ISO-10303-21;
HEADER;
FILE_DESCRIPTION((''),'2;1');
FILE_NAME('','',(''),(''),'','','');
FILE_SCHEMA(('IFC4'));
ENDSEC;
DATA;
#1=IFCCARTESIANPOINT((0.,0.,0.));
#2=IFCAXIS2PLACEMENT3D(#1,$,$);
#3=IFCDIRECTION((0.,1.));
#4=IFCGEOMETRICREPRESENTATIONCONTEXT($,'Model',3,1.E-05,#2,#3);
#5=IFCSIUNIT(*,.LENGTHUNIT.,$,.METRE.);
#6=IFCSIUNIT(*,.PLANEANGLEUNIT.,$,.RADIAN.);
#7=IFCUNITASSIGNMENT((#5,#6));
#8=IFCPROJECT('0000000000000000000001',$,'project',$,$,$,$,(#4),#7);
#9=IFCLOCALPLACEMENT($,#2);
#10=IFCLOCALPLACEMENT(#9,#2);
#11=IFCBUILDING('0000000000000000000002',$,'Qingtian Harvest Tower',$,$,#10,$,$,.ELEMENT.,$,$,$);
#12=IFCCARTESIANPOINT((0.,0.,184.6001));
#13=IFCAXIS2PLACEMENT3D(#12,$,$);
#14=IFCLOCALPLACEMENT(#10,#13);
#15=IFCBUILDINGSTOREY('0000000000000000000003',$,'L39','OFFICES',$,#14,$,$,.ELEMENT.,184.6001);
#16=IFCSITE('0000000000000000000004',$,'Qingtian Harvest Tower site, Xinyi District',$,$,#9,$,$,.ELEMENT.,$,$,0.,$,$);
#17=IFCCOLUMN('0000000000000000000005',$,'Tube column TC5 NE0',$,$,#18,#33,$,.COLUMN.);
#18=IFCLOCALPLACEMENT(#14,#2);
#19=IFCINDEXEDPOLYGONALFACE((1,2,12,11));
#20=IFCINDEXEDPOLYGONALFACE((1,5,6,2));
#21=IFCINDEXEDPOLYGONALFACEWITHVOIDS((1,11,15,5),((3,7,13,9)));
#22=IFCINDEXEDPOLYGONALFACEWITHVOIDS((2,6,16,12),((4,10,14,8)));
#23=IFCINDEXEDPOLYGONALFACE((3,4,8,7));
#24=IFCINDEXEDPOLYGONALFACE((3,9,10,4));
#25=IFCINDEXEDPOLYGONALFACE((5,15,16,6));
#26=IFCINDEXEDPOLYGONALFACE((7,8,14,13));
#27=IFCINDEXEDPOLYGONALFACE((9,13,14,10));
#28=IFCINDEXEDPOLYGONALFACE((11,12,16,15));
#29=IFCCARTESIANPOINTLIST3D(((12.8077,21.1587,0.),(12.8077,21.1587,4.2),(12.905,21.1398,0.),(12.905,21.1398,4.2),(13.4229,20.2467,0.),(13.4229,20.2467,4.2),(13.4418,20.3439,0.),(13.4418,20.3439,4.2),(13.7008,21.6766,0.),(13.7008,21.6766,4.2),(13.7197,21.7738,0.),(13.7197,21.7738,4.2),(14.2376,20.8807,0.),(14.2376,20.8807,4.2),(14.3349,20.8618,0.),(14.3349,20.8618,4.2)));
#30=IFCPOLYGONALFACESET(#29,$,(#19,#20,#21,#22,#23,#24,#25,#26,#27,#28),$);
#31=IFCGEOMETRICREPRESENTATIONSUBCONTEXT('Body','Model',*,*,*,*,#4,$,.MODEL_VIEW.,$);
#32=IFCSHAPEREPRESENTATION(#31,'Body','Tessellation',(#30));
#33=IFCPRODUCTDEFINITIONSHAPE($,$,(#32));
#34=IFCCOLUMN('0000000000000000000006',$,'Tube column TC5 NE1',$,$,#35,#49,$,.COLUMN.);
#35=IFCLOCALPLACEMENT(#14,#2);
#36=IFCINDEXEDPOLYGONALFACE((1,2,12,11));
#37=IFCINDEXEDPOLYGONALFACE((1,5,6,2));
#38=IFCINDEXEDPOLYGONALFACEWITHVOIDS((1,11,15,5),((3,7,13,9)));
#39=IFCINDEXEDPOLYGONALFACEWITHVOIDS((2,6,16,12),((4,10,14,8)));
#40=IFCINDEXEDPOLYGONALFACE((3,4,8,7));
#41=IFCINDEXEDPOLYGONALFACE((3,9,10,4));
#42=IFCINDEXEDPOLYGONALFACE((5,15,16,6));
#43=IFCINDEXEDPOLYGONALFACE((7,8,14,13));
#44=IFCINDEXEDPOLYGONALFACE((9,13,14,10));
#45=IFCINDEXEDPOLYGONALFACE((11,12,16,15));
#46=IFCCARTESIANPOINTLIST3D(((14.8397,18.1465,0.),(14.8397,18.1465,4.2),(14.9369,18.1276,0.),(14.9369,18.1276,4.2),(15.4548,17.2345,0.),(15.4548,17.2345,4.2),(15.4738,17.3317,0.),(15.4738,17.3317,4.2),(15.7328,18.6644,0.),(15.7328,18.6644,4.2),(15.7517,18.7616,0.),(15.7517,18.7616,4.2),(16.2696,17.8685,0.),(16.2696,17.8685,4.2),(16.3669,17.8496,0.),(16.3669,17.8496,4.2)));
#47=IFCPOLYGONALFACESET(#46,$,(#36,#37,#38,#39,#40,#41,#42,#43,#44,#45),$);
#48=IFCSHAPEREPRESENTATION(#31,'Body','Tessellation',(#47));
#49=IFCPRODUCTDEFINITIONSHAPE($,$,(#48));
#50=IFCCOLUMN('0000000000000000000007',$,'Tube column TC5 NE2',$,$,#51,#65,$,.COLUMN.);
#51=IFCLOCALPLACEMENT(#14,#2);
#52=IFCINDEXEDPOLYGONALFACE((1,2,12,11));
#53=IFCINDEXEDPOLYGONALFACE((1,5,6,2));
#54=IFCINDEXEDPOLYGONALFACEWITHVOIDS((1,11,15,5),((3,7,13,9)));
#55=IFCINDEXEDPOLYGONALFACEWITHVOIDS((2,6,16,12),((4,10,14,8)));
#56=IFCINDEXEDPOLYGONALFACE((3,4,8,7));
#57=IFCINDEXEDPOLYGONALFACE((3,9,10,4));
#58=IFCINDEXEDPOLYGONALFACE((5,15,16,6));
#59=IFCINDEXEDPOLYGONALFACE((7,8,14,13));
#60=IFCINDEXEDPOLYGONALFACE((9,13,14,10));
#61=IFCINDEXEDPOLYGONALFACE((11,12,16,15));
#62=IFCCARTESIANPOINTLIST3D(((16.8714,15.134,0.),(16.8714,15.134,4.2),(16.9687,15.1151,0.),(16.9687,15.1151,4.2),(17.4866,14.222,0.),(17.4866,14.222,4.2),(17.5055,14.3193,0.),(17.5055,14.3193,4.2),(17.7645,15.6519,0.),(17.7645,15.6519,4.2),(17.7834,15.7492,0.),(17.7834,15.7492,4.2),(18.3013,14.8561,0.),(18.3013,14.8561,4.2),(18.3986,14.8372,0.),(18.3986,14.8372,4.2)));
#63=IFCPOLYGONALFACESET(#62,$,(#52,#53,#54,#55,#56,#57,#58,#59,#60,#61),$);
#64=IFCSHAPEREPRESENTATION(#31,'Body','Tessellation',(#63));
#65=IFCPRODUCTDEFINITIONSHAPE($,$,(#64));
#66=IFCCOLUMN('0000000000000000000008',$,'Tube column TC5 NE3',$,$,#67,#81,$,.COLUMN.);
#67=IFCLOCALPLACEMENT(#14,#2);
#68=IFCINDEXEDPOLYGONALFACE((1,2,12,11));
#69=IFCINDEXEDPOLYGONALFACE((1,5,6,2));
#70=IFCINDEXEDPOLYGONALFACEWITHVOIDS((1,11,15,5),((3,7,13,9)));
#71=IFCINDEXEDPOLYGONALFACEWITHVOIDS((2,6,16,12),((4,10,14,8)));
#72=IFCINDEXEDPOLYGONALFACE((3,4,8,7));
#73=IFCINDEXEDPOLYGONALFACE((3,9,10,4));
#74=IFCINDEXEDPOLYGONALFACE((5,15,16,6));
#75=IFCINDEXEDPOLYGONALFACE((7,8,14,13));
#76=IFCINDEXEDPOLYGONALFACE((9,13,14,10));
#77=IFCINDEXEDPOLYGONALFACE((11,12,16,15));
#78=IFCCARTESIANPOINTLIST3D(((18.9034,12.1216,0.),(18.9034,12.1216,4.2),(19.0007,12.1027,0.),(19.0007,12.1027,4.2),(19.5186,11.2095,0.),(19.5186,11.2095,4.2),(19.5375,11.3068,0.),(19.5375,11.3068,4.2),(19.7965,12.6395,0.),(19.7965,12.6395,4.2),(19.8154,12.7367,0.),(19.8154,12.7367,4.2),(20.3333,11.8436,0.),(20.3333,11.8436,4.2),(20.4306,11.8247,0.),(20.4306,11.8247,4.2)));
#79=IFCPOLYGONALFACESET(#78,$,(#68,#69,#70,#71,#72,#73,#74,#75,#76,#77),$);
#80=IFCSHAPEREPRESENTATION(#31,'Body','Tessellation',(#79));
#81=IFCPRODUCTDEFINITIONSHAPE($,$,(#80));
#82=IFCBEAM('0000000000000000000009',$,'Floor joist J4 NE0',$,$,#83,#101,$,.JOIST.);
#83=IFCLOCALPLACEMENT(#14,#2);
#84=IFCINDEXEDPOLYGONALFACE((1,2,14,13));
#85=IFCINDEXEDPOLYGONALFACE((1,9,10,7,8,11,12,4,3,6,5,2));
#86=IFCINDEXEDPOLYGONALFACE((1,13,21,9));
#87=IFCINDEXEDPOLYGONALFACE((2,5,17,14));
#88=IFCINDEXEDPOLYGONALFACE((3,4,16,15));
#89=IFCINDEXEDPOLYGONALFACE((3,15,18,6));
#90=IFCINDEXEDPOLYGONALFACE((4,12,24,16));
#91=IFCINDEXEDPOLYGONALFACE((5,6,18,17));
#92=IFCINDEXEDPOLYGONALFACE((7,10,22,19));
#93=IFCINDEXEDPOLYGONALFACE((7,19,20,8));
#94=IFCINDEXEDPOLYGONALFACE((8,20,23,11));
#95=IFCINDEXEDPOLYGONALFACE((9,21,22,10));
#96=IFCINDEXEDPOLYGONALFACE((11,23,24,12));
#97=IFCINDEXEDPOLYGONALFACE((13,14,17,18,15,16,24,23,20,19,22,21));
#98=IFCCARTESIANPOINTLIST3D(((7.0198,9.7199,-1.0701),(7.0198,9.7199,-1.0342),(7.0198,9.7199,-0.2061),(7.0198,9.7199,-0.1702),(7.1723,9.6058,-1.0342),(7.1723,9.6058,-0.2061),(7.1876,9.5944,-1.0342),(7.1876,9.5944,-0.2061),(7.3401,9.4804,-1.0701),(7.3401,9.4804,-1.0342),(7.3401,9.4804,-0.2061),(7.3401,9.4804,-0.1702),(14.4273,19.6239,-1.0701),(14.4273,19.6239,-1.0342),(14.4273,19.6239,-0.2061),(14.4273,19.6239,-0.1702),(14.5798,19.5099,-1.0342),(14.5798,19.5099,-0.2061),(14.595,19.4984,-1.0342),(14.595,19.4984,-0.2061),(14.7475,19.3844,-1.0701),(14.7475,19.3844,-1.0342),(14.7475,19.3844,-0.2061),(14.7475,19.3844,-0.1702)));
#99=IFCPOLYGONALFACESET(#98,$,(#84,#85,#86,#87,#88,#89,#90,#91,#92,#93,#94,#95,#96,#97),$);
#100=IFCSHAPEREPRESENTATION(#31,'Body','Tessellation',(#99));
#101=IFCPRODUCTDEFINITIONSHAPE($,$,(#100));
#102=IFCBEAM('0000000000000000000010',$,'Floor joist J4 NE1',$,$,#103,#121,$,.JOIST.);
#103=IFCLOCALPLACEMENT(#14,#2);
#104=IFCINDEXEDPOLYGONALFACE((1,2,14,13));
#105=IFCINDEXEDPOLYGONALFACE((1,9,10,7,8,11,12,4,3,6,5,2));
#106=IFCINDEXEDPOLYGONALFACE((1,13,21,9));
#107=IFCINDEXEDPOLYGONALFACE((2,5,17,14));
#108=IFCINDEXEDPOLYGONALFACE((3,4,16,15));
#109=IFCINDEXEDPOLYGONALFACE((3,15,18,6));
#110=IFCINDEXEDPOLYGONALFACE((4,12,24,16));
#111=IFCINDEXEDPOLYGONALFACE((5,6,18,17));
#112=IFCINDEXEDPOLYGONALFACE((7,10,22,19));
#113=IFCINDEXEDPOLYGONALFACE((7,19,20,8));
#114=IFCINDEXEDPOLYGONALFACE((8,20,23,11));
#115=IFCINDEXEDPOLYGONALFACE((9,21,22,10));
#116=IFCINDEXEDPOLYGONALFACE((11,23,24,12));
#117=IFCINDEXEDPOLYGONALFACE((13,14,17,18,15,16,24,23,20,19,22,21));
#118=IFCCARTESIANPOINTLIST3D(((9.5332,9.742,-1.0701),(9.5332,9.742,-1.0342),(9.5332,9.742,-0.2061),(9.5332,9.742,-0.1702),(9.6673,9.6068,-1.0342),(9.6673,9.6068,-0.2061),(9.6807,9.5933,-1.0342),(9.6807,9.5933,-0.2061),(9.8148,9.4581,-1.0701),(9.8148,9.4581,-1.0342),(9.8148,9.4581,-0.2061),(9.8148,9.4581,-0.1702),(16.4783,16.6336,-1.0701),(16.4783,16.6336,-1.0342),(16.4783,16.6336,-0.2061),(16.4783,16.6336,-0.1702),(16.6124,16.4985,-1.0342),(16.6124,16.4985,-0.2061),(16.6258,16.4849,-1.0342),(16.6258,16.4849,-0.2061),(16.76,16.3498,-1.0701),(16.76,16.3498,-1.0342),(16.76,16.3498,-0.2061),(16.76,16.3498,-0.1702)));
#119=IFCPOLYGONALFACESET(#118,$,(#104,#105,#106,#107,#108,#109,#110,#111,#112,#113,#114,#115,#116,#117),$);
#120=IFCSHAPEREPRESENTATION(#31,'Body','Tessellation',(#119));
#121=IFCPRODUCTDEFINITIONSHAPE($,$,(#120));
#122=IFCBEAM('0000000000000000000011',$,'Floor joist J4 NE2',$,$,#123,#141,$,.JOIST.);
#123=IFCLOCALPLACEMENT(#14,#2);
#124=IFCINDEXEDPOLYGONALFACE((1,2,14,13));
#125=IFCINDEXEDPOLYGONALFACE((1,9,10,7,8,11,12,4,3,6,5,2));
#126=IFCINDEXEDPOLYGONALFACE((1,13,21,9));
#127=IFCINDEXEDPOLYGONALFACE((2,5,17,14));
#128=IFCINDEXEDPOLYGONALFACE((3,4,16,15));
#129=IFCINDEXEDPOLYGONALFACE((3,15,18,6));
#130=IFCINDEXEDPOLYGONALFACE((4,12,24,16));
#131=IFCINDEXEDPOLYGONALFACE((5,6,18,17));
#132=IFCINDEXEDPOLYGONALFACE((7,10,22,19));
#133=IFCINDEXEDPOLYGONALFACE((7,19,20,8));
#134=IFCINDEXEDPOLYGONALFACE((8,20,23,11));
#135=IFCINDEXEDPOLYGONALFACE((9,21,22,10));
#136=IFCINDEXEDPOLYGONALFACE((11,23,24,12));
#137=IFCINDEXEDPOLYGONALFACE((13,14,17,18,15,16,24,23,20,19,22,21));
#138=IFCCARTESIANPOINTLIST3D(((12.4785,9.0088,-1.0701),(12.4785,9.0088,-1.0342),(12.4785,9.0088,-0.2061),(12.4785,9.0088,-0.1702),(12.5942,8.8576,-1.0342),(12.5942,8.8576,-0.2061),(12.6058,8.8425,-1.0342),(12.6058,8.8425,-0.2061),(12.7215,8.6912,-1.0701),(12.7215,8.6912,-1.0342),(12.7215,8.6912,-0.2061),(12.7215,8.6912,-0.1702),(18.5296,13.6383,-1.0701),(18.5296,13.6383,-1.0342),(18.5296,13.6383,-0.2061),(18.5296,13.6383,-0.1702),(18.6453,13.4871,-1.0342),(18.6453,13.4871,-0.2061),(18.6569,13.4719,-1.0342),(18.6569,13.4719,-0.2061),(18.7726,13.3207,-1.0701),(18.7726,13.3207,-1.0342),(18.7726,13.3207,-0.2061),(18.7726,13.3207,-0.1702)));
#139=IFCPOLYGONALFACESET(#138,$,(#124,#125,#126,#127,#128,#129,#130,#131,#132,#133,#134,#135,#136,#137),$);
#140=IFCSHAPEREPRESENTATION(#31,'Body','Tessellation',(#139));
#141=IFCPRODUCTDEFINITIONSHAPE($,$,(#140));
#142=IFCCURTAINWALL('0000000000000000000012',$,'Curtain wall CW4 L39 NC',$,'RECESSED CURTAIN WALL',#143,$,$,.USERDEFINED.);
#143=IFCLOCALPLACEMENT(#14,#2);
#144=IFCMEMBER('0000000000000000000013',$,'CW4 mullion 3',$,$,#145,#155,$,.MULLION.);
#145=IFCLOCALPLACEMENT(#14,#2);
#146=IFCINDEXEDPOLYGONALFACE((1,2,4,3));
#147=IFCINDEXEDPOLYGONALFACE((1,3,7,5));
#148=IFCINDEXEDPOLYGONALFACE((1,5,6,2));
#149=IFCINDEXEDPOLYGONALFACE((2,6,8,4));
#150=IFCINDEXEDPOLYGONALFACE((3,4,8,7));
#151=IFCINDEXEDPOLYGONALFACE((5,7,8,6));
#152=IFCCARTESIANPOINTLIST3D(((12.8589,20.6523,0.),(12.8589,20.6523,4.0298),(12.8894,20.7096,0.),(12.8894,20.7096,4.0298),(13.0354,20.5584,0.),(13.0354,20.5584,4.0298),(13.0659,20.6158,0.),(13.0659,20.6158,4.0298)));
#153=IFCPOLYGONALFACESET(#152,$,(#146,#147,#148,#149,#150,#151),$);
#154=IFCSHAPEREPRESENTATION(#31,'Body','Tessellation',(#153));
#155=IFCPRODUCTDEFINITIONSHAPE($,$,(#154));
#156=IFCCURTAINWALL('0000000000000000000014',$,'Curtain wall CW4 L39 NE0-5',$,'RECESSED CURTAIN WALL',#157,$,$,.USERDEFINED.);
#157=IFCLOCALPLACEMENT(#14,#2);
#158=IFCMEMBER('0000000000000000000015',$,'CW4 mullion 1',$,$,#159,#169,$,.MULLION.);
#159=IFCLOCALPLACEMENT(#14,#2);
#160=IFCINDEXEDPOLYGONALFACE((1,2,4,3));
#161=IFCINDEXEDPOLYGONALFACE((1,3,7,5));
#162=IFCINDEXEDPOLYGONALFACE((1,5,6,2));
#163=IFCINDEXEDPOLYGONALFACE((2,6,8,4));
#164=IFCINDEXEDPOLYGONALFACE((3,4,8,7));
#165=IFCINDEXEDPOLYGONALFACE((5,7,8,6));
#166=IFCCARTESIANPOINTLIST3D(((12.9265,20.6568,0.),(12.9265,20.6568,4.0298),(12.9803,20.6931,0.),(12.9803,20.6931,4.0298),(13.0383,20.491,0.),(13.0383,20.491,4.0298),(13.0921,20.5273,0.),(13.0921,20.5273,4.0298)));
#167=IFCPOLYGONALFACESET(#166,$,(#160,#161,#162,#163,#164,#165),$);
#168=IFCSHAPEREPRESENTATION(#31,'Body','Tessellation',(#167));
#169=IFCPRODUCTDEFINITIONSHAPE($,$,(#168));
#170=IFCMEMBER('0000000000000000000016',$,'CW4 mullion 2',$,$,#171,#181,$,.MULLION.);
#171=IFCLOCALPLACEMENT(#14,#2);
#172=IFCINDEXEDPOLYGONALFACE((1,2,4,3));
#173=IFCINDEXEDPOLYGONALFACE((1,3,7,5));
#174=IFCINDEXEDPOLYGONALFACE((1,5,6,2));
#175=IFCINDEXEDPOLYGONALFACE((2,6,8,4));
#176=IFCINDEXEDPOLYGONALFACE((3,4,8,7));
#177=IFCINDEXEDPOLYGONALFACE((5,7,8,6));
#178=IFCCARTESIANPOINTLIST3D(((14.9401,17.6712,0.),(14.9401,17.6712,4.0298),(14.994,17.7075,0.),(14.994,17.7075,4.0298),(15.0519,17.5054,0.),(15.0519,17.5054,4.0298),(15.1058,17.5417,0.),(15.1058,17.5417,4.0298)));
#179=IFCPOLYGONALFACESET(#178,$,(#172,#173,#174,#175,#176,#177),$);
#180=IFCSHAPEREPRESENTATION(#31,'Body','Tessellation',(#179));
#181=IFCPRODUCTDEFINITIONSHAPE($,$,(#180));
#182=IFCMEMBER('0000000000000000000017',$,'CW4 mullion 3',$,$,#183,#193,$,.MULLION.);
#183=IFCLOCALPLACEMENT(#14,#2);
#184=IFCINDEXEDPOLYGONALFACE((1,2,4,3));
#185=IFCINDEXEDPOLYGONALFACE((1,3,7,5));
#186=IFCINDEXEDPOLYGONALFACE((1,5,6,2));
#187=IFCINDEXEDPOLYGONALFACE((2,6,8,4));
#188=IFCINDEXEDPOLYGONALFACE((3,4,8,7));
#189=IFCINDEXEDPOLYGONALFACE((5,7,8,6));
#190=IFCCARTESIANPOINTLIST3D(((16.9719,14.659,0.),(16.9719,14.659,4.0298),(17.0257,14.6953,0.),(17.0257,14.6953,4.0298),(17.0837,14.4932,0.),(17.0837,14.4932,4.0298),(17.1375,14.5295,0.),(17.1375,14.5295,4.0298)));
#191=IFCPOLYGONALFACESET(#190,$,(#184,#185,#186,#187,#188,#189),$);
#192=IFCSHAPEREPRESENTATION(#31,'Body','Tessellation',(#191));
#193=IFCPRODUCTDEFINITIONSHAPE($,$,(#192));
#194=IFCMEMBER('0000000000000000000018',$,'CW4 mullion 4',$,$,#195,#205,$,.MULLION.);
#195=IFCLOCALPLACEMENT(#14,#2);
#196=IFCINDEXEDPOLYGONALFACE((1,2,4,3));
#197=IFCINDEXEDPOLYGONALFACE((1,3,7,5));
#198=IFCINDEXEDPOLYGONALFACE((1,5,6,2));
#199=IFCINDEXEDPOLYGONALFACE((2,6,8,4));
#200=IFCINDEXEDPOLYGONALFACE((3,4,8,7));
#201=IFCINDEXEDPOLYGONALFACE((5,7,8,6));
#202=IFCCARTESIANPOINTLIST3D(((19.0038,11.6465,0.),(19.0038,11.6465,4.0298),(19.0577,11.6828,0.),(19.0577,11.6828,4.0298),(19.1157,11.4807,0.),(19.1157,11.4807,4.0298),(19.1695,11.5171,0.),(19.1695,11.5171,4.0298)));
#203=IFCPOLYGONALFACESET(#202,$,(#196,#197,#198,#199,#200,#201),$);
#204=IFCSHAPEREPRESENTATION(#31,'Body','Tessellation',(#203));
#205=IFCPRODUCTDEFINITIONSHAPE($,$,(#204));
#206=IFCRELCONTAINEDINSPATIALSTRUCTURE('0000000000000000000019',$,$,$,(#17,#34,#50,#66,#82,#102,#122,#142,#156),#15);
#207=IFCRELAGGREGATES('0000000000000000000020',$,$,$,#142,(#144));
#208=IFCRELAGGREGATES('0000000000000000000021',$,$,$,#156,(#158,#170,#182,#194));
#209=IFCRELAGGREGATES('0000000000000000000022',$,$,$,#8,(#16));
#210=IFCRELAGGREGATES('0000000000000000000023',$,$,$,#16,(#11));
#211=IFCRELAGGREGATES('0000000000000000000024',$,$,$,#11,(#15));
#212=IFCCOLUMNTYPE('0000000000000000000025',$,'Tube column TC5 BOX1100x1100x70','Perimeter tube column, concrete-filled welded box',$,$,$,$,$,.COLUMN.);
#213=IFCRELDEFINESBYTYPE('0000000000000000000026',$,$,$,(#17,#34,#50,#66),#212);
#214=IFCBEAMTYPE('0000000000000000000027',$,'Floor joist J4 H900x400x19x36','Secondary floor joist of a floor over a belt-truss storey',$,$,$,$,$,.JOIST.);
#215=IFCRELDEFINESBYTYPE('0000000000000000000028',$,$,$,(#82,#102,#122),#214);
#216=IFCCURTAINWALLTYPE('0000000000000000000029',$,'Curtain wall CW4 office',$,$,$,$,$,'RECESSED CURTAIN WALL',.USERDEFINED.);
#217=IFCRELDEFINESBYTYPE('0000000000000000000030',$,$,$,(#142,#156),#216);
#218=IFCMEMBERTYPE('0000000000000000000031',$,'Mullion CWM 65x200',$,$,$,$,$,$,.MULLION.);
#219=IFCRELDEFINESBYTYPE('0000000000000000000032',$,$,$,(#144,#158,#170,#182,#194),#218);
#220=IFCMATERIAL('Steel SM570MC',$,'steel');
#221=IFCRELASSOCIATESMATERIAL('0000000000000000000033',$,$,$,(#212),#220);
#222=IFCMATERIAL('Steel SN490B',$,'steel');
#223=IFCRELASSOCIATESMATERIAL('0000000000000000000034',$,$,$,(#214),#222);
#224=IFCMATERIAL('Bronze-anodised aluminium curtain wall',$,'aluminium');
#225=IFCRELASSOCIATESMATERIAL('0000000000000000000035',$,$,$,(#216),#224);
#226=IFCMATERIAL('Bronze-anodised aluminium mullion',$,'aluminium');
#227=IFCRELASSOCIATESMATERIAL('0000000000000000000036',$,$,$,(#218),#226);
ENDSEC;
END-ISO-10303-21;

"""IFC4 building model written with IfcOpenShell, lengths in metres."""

from ifc_helpers import new_model, si_unit, direction, frame, origin, origin_2d, place, context, subcontext, project, spatial, rectangle, hollow_rectangle, i_section, extrude, material, material_profile, profile_set, type_object, element, aggregate, save


model = new_model("IFC4")

# Units and contexts
model_context = context("Model", 3, precision=1e-05, world=origin(), true_north=direction((0.0, 1.0)))
body_context = subcontext(model_context, "Body", "Model", "MODEL_VIEW")
ifc_project = project(units=[si_unit("LENGTHUNIT", "METRE"), si_unit("PLANEANGLEUNIT", "RADIAN")], contexts=[model_context])

# Site, building, storey
site_placement = place(None, origin())
site = spatial("IfcSite", under=ifc_project, at=site_placement, Name="Qingtian Harvest Tower site, Xinyi District", CompositionType="ELEMENT", RefElevation=0.0)
building_placement = place(site_placement, origin())
building = spatial("IfcBuilding", under=site, at=building_placement, Name="Qingtian Harvest Tower", CompositionType="ELEMENT")
storey_placement = place(building_placement, frame((0.0, 0.0, 184.6001)))
storey = spatial("IfcBuildingStorey", under=building, at=storey_placement, Name="L39", Description="OFFICES", CompositionType="ELEMENT", Elevation=184.6001)

# Columns
ifc_material_1 = material(Name="Steel SM570MC", Category="steel")
ifc_material_profile_1 = material_profile(ifc_material_1, hollow_rectangle(XDim=1.1001, YDim=1.1001, WallThickness=0.0701, at=origin_2d()), Name="BOX1100x1100x70")
ifc_profile_set_1 = profile_set([ifc_material_profile_1], Name="Steel SM570MC")
column_type = type_object("IfcColumnType", Name="Tube column TC5 BOX1100x1100x70", Description="Perimeter tube column, concrete-filled welded box", PredefinedType="COLUMN", material=ifc_profile_set_1)
for number, where, z_axis, x_axis, name in (
    (1, (13.5713, 21.0103, 0.0), (0.0, 0.0, 1.0), (-0.559193, 0.829038, 0.0), "Tube column TC5 NE0"),
    (2, (15.6033, 17.998, 0.0), (0.0, 0.0, 1.0), (-0.559193, 0.829038, 0.0), "Tube column TC5 NE1"),
    (3, (17.635, 14.9856, 0.0), (0.0, 0.0, 1.0), (-0.559193, 0.829038, 0.0), "Tube column TC5 NE2"),
    (4, (19.667, 11.9731, 0.0), (0.0, 0.0, 1.0), (-0.559193, 0.829038, 0.0), "Tube column TC5 NE3"),
):
    element("IfcColumn", number, at=place(storey_placement, frame(where, z_axis=z_axis, x_axis=x_axis)), inside=storey, type_object=column_type, Name=name, PredefinedType="COLUMN", context=body_context, shape_type="SweptSolid", body=[
        extrude(hollow_rectangle(XDim=1.1001, YDim=1.1001, WallThickness=0.0701, at=origin_2d()), origin(), (0.0, 0.0, 1.0), 4.2),
    ])

# Beams
ifc_material_2 = material(Name="Steel SN490B", Category="steel")
ifc_material_profile_2 = material_profile(ifc_material_2, i_section(OverallWidth=0.3999, OverallDepth=0.8999, WebThickness=0.019, FlangeThickness=0.0359, at=origin_2d()), Name="H900x400x19x36")
ifc_profile_set_2 = profile_set([ifc_material_profile_2], Name="Steel SN490B")
beam_type_1 = type_object("IfcBeamType", Name="Floor joist J4 H900x400x19x36", Description="Secondary floor joist of a floor over a belt-truss storey", PredefinedType="JOIST", material=ifc_profile_set_2)
beam_1_placement = place(storey_placement, frame((14.5874, 19.5042, -0.6201), z_axis=(-0.598935, -0.800798, 0.0), x_axis=(0.800798, -0.598935, 0.0)))
element("IfcBeam", 5, at=beam_1_placement, inside=storey, type_object=beam_type_1, Name="Floor joist J4 NE0", PredefinedType="JOIST", context=body_context, shape_type="SweptSolid", body=[
    extrude(i_section(OverallWidth=0.3999, OverallDepth=0.8999, WebThickness=0.019, FlangeThickness=0.0359, at=origin_2d()), origin(), (0.0, 0.0, 1.0), 12.3677),
])
beam_2_placement = place(storey_placement, frame((16.6191, 16.4917, -0.6201), z_axis=(-0.709834, -0.704369, 0.0), x_axis=(0.704369, -0.709834, 0.0)))
element("IfcBeam", 6, at=beam_2_placement, inside=storey, type_object=beam_type_1, Name="Floor joist J4 NE1", PredefinedType="JOIST", context=body_context, shape_type="SweptSolid", body=[
    extrude(i_section(OverallWidth=0.3999, OverallDepth=0.8999, WebThickness=0.019, FlangeThickness=0.0359, at=origin_2d()), origin(), (0.0, 0.0, 1.0), 9.7842),
])
beam_3_placement = place(storey_placement, frame((18.6511, 13.4795, -0.6201), z_axis=(-0.794222, -0.607627, 0.0), x_axis=(0.607627, -0.794222, 0.0)))
element("IfcBeam", 7, at=beam_3_placement, inside=storey, type_object=beam_type_1, Name="Floor joist J4 NE2", PredefinedType="JOIST", context=body_context, shape_type="SweptSolid", body=[
    extrude(i_section(OverallWidth=0.3999, OverallDepth=0.8999, WebThickness=0.019, FlangeThickness=0.0359, at=origin_2d()), origin(), (0.0, 0.0, 1.0), 7.6189),
])

# Curtain wall, member
ifc_material_3 = material(Name="Bronze-anodised aluminium curtain wall", Category="aluminium")
curtain_wall_type = type_object("IfcCurtainWallType", Name="Curtain wall CW4 office", ElementType="RECESSED CURTAIN WALL", PredefinedType="USERDEFINED", material=ifc_material_3)
curtain_wall_1_placement = place(storey_placement, origin())
curtain_wall_1 = element("IfcCurtainWall", 8, at=curtain_wall_1_placement, inside=storey, type_object=curtain_wall_type, Name="Curtain wall CW4 L39 NC", ObjectType="RECESSED CURTAIN WALL", PredefinedType="USERDEFINED")
ifc_material_4 = material(Name="Bronze-anodised aluminium mullion", Category="aluminium")
ifc_material_profile_3 = material_profile(ifc_material_4, rectangle(XDim=0.0649, YDim=0.2, at=origin_2d()), Name="AL 65x200")
ifc_profile_set_3 = profile_set([ifc_material_profile_3], Name="Bronze-anodised aluminium mullion")
member_type_1 = type_object("IfcMemberType", Name="Mullion CWM 65x200", PredefinedType="MULLION", material=ifc_profile_set_3)
member_1_placement = place(storey_placement, frame((12.9624, 20.634, 0.0), z_axis=(0.0, 0.0, 1.0), x_axis=(0.469472, 0.882948, 0.0)))
member_1 = element("IfcMember", 9, at=member_1_placement, type_object=member_type_1, Name="CW4 mullion 3", PredefinedType="MULLION", context=body_context, shape_type="SweptSolid", body=[
    extrude(rectangle(XDim=0.0649, YDim=0.2, at=origin_2d()), origin(), (0.0, 0.0, 1.0), 4.0298),
])

# Curtain wall, members
curtain_wall_2_placement = place(storey_placement, origin())
curtain_wall_2 = element("IfcCurtainWall", 10, at=curtain_wall_2_placement, inside=storey, type_object=curtain_wall_type, Name="Curtain wall CW4 L39 NE0-5", ObjectType="RECESSED CURTAIN WALL", PredefinedType="USERDEFINED")
member_2_placement = place(storey_placement, frame((13.0093, 20.592, 0.0), z_axis=(0.0, 0.0, 1.0), x_axis=(0.829038, 0.559193, 0.0)))
member_2 = element("IfcMember", 11, at=member_2_placement, type_object=member_type_1, Name="CW4 mullion 1", PredefinedType="MULLION", context=body_context, shape_type="SweptSolid", body=[
    extrude(rectangle(XDim=0.0649, YDim=0.2, at=origin_2d()), origin(), (0.0, 0.0, 1.0), 4.0298),
])
member_3_placement = place(storey_placement, frame((15.0229, 17.6064, 0.0), z_axis=(0.0, 0.0, 1.0), x_axis=(0.829038, 0.559193, 0.0)))
member_3 = element("IfcMember", 12, at=member_3_placement, type_object=member_type_1, Name="CW4 mullion 2", PredefinedType="MULLION", context=body_context, shape_type="SweptSolid", body=[
    extrude(rectangle(XDim=0.0649, YDim=0.2, at=origin_2d()), origin(), (0.0, 0.0, 1.0), 4.0298),
])
member_4_placement = place(storey_placement, frame((17.0547, 14.5942, 0.0), z_axis=(0.0, 0.0, 1.0), x_axis=(0.829038, 0.559193, 0.0)))
member_4 = element("IfcMember", 13, at=member_4_placement, type_object=member_type_1, Name="CW4 mullion 3", PredefinedType="MULLION", context=body_context, shape_type="SweptSolid", body=[
    extrude(rectangle(XDim=0.0649, YDim=0.2, at=origin_2d()), origin(), (0.0, 0.0, 1.0), 4.0298),
])
member_5_placement = place(storey_placement, frame((19.0867, 11.5818, 0.0), z_axis=(0.0, 0.0, 1.0), x_axis=(0.829038, 0.559193, 0.0)))
member_5 = element("IfcMember", 14, at=member_5_placement, type_object=member_type_1, Name="CW4 mullion 4", PredefinedType="MULLION", context=body_context, shape_type="SweptSolid", body=[
    extrude(rectangle(XDim=0.0649, YDim=0.2, at=origin_2d()), origin(), (0.0, 0.0, 1.0), 4.0298),
])

aggregate(curtain_wall_1, [member_1])
aggregate(curtain_wall_2, [member_2, member_3, member_4, member_5])

save(model, "model.ifc")
